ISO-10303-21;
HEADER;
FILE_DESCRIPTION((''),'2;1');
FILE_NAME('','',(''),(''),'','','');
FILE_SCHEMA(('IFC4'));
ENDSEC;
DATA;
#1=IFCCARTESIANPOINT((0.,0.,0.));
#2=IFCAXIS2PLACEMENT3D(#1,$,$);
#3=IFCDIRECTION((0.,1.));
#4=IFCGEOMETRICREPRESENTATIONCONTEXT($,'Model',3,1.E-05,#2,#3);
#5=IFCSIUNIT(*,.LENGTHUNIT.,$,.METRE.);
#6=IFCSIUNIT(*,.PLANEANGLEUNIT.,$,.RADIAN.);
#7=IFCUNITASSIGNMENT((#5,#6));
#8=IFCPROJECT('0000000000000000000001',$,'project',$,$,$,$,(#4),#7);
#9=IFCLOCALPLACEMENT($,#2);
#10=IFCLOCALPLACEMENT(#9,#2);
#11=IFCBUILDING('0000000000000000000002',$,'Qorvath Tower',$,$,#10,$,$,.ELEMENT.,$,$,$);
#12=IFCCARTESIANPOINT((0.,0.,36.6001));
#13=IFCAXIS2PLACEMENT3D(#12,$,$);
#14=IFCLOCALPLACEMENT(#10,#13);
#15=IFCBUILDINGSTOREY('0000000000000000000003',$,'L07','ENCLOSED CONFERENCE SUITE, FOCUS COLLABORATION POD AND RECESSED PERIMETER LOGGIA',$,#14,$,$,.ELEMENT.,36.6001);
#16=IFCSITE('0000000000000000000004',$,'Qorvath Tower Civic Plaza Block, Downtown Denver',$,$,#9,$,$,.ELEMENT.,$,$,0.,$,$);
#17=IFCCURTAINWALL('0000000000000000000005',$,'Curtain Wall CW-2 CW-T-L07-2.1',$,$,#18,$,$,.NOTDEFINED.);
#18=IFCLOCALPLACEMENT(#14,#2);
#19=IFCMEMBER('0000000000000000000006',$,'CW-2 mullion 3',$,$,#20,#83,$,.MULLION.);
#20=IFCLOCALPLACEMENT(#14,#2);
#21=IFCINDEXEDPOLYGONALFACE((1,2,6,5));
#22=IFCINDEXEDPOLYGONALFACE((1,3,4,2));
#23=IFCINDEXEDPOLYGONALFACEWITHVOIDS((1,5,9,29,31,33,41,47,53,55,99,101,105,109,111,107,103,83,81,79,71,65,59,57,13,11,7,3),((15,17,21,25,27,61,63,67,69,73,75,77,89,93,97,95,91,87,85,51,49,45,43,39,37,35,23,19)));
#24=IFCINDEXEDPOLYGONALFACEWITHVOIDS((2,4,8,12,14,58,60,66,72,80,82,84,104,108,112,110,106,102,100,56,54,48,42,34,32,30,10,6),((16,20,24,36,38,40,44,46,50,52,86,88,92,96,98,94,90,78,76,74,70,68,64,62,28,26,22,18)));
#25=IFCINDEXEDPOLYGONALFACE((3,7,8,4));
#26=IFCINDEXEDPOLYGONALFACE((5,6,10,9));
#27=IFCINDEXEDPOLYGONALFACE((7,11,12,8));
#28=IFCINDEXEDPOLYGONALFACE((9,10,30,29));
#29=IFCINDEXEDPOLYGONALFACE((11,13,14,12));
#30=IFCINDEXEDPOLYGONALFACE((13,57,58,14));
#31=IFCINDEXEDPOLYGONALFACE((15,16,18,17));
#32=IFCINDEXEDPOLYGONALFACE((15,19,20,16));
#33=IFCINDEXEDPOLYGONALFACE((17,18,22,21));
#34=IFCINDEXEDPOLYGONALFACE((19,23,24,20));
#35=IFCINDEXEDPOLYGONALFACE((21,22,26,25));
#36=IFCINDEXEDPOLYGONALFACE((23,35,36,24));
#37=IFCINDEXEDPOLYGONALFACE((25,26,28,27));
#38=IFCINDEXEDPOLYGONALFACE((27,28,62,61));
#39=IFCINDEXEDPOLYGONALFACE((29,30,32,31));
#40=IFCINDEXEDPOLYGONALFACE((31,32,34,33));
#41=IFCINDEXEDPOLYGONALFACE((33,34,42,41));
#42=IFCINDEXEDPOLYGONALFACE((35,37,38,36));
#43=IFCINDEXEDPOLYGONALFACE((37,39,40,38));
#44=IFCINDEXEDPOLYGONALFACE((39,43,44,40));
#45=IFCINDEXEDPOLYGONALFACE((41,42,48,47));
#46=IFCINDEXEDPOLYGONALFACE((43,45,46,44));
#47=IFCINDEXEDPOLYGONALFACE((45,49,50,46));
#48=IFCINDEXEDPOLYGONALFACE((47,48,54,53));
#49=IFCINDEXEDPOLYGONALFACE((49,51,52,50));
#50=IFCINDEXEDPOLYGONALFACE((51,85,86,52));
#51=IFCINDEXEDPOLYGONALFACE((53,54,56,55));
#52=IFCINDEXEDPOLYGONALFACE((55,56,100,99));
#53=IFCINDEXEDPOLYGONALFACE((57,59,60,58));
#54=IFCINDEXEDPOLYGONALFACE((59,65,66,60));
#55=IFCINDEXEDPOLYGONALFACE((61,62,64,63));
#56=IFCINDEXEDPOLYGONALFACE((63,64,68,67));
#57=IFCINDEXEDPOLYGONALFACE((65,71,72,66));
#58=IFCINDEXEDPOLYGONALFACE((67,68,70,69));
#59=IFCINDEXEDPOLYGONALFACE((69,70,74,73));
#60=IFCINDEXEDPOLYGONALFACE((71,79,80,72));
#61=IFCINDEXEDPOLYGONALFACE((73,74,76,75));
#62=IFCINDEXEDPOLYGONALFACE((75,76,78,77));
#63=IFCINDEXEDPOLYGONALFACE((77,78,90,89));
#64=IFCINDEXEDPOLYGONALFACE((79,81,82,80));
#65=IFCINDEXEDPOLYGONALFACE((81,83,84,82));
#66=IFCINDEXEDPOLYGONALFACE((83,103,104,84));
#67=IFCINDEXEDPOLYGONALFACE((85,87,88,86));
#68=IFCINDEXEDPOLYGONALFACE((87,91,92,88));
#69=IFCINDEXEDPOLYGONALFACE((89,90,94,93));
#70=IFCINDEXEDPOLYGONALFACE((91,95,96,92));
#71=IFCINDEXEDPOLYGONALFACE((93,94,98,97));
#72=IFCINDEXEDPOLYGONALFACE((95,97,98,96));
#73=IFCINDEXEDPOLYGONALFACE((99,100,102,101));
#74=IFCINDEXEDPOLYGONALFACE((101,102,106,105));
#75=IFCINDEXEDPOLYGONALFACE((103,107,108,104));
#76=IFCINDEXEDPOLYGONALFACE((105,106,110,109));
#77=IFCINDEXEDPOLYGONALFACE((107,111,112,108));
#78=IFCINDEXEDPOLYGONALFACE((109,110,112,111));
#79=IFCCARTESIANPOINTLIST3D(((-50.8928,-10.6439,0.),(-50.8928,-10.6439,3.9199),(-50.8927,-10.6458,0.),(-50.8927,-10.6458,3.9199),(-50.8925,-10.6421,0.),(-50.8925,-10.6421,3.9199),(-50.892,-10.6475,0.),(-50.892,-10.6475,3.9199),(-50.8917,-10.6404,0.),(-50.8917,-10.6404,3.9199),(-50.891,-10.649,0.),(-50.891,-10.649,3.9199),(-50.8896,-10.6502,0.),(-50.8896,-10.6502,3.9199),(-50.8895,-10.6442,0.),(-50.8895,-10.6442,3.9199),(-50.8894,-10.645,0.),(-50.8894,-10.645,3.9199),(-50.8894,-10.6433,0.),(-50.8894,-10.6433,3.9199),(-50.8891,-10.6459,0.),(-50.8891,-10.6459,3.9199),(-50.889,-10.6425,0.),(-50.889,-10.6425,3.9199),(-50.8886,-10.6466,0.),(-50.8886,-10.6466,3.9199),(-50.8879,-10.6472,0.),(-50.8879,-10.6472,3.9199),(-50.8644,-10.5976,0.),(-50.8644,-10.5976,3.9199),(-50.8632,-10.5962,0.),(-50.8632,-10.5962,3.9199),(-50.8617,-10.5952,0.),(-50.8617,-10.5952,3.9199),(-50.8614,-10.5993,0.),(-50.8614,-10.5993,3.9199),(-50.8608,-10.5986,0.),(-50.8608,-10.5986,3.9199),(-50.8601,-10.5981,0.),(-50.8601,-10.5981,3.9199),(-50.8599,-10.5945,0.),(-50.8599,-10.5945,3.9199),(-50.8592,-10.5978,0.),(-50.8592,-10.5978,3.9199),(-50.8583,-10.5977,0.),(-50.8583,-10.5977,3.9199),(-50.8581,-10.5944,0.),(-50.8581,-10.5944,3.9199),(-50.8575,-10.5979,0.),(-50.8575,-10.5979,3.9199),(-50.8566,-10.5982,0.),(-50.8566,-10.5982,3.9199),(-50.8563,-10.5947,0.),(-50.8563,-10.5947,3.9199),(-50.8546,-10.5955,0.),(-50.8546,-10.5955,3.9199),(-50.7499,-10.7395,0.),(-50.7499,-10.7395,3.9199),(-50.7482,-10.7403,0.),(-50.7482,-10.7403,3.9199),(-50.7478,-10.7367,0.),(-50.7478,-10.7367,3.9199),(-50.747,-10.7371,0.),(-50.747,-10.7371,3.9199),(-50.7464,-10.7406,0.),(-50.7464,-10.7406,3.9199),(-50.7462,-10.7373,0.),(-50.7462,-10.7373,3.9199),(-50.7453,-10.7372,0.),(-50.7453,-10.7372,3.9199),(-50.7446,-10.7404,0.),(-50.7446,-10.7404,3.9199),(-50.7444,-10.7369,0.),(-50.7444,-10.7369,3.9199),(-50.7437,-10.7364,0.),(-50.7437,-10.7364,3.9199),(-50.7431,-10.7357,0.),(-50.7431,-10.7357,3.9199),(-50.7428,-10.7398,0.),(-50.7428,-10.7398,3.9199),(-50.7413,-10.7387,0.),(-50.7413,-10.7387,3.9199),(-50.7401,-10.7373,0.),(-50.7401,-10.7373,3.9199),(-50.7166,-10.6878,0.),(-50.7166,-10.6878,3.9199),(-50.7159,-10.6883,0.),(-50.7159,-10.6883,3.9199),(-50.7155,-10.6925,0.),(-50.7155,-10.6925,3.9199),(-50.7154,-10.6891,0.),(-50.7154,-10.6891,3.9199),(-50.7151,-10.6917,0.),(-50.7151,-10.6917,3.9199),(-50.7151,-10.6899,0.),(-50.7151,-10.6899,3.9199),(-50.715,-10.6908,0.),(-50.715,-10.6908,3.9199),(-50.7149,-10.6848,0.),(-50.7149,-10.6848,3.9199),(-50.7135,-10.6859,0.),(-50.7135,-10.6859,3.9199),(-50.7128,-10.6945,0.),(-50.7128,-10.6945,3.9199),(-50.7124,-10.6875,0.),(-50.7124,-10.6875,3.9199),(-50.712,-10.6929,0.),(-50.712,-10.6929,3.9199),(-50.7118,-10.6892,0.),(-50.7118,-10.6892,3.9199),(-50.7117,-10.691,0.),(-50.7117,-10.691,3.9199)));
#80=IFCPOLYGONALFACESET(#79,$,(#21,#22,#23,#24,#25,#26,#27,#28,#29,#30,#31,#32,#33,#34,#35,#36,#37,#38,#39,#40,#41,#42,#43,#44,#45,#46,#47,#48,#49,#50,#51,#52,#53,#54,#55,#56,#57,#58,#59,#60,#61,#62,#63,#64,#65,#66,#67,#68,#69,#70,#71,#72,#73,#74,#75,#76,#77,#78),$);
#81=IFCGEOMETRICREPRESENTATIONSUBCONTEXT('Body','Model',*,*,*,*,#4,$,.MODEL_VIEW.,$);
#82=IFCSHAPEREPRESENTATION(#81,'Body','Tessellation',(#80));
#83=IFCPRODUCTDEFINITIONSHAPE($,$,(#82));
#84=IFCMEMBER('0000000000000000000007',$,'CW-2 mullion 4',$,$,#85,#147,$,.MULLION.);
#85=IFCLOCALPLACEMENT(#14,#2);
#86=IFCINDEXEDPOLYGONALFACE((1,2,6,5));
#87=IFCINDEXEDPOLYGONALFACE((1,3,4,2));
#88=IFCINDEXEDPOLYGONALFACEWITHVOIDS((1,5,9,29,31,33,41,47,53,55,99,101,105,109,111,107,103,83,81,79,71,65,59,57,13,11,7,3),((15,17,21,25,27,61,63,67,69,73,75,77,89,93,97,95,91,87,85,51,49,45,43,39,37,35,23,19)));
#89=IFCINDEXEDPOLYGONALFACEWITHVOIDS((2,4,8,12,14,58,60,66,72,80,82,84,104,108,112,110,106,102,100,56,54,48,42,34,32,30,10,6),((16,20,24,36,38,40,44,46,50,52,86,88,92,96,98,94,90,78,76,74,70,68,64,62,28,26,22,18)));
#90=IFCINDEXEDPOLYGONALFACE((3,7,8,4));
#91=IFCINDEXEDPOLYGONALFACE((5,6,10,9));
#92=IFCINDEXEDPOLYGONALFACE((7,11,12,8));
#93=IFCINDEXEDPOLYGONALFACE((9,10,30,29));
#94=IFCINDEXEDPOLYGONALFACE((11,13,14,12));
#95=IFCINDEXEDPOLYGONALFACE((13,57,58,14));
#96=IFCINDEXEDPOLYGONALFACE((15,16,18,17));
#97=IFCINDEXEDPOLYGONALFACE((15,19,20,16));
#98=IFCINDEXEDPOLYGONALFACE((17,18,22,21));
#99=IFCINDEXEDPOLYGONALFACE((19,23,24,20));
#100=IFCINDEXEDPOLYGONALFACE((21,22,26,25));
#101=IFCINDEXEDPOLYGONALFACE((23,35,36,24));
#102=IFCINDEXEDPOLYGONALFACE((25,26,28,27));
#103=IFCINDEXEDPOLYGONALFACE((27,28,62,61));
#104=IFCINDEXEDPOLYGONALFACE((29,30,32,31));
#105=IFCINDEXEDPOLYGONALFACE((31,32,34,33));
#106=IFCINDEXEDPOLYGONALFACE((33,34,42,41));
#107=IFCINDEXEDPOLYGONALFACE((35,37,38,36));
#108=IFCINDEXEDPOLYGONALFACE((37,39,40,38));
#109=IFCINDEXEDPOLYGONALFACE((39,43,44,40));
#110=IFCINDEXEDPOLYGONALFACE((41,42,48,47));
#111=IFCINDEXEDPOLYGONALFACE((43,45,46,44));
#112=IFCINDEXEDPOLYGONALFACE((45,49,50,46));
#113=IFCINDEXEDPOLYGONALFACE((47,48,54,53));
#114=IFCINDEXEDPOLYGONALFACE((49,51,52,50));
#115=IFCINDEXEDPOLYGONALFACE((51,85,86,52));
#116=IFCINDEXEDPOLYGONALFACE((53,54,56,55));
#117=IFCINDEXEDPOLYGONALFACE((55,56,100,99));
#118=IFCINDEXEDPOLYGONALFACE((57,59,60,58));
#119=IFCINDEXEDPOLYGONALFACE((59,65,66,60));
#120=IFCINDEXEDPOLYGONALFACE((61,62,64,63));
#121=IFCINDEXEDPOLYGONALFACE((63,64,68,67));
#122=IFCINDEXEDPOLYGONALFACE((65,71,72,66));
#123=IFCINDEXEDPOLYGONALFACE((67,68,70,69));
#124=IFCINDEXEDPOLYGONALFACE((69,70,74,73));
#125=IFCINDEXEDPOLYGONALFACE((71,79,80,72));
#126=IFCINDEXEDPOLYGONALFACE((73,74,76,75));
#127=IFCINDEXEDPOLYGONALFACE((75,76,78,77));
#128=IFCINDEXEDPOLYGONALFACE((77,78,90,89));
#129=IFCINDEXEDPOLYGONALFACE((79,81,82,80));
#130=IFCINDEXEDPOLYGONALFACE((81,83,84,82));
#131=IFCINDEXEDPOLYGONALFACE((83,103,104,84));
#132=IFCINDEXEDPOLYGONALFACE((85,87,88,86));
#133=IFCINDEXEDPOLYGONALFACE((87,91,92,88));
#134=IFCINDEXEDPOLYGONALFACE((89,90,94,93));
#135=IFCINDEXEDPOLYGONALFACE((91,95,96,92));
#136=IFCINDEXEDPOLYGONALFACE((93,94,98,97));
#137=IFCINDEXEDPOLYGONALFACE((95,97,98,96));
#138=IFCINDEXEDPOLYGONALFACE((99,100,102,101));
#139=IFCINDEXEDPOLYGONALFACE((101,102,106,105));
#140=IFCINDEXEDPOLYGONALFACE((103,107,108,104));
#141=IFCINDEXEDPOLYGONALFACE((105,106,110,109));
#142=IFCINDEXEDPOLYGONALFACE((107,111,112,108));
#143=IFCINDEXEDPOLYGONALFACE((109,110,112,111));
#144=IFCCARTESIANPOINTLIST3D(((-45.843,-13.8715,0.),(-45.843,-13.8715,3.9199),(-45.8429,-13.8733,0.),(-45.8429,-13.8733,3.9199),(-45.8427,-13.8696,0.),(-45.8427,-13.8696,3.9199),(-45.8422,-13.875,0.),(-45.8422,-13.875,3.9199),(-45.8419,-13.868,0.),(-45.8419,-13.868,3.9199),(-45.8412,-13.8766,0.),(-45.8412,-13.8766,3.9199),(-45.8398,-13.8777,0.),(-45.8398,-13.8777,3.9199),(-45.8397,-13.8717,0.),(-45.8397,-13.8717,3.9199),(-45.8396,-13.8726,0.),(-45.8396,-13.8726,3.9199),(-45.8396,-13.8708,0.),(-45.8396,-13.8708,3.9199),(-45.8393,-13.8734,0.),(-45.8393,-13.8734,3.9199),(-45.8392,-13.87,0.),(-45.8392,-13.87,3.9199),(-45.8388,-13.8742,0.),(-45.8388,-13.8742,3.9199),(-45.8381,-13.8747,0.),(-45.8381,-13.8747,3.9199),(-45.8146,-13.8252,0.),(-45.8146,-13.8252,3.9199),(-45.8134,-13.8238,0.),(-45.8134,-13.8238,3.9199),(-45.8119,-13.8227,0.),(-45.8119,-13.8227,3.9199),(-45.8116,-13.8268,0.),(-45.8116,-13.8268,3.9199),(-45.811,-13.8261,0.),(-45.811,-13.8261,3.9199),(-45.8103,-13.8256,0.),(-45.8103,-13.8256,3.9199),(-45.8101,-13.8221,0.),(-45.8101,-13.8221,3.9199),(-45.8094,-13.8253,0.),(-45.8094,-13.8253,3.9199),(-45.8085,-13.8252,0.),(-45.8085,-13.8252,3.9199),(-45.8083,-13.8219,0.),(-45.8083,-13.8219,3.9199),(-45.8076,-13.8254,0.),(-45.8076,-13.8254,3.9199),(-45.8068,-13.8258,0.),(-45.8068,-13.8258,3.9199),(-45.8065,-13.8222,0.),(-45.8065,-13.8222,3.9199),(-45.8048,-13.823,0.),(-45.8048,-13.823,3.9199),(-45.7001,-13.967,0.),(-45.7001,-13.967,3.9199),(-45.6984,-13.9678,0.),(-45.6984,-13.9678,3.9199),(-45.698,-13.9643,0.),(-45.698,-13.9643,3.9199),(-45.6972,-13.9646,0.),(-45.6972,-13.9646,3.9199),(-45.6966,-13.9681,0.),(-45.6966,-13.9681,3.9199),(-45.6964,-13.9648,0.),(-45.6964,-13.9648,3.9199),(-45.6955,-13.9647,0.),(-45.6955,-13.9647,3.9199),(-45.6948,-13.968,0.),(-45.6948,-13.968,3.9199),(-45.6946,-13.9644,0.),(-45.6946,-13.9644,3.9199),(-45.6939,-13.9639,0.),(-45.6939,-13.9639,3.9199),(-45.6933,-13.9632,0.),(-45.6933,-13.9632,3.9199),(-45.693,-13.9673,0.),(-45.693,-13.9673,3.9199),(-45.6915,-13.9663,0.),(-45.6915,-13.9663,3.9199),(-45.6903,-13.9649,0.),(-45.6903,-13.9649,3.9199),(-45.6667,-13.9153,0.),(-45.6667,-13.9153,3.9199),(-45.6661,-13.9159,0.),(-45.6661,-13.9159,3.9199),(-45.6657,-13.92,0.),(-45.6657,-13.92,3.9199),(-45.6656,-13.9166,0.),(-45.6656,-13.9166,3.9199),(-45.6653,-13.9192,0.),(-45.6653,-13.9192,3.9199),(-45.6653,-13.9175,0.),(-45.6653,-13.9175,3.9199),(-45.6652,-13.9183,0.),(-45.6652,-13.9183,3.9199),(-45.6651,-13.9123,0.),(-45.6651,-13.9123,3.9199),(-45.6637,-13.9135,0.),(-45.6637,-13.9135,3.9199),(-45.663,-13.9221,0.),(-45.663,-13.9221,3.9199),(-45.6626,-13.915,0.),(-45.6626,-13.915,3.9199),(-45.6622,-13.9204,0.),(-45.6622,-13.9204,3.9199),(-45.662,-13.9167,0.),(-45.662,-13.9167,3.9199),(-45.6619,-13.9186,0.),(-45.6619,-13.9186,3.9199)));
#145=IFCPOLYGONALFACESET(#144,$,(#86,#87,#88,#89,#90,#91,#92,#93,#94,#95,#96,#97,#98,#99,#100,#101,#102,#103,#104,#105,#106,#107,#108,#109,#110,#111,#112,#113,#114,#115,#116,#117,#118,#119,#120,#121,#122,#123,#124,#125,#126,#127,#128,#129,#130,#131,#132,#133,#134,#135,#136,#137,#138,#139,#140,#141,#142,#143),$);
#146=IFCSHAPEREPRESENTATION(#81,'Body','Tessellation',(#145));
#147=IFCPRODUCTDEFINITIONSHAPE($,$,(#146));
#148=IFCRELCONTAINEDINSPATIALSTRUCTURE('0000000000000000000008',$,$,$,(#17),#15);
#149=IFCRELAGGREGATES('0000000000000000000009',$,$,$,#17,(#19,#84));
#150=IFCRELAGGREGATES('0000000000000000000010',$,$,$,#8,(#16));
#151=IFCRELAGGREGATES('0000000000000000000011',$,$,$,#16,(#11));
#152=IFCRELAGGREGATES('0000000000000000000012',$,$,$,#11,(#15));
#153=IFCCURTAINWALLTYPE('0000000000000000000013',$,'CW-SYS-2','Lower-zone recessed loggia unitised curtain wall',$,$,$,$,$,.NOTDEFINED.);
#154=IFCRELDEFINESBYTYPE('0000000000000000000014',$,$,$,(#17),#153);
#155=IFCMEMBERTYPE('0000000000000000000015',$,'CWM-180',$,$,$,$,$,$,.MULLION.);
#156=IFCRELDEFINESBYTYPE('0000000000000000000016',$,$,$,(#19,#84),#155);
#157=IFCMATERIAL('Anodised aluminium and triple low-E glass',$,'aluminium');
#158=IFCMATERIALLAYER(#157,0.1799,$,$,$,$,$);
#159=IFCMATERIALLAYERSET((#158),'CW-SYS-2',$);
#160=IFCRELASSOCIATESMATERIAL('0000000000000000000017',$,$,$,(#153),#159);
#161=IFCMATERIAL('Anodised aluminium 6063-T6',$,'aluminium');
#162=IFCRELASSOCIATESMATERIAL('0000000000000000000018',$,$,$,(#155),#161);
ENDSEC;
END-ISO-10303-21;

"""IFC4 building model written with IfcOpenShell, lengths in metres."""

from ifc_helpers import new_model, si_unit, direction, frame, origin, origin_2d, place, context, subcontext, project, spatial, hollow_rectangle, extrude, material, layer, layer_set, material_profile, profile_set, type_object, element, aggregate, save


model = new_model("IFC4")

# Units and contexts
model_context = context("Model", 3, precision=1e-05, world=origin(), true_north=direction((0.0, 1.0)))
body_context = subcontext(model_context, "Body", "Model", "MODEL_VIEW")
ifc_project = project(units=[si_unit("LENGTHUNIT", "METRE"), si_unit("PLANEANGLEUNIT", "RADIAN")], contexts=[model_context])

# Site, building, storey
site_placement = place(None, origin())
site = spatial("IfcSite", under=ifc_project, at=site_placement, Name="Qorvath Tower Civic Plaza Block, Downtown Denver", CompositionType="ELEMENT", RefElevation=0.0)
building_placement = place(site_placement, origin())
building = spatial("IfcBuilding", under=site, at=building_placement, Name="Qorvath Tower", CompositionType="ELEMENT")
storey_placement = place(building_placement, frame((0.0, 0.0, 36.6001)))
storey = spatial("IfcBuildingStorey", under=building, at=storey_placement, Name="L07", Description="ENCLOSED CONFERENCE SUITE, FOCUS COLLABORATION POD AND RECESSED PERIMETER LOGGIA", CompositionType="ELEMENT", Elevation=36.6001)

# Curtain wall, members
ifc_material_1 = material(Name="Anodised aluminium and triple low-E glass", Category="aluminium")
ifc_layer_1 = layer(ifc_material_1, 0.1799)
ifc_layer_set_1 = layer_set([ifc_layer_1], Name="CW-SYS-2")
curtain_wall_type = type_object("IfcCurtainWallType", Name="CW-SYS-2", Description="Lower-zone recessed loggia unitised curtain wall", PredefinedType="NOTDEFINED", material=ifc_layer_set_1)
curtain_wall_placement = place(storey_placement, origin())
curtain_wall = element("IfcCurtainWall", 1, at=curtain_wall_placement, inside=storey, type_object=curtain_wall_type, Name="Curtain Wall CW-2 CW-T-L07-2.1", PredefinedType="NOTDEFINED")
ifc_material_2 = material(Name="Anodised aluminium 6063-T6", Category="aluminium")
ifc_material_profile_1 = material_profile(ifc_material_2, hollow_rectangle(XDim=0.0649, YDim=0.1799, WallThickness=0.0034, InnerFilletRadius=0.0034, OuterFilletRadius=0.0071, at=origin_2d()), Name="CWM 180x65")
ifc_profile_set_1 = profile_set([ifc_material_profile_1], Name="Anodised aluminium 6063-T6")
member_type_1 = type_object("IfcMemberType", Name="CWM-180", PredefinedType="MULLION", material=ifc_profile_set_1)
member_1_placement = place(storey_placement, frame((-50.8022, -10.6675, 0.0), z_axis=(0.0, 0.0, 1.0), x_axis=(0.538529, 0.842607, 0.0)))
member_1 = element("IfcMember", 2, at=member_1_placement, type_object=member_type_1, Name="CW-2 mullion 3", PredefinedType="MULLION", context=body_context, shape_type="SweptSolid", body=[
    extrude(hollow_rectangle(XDim=0.0649, YDim=0.1799, WallThickness=0.0034, InnerFilletRadius=0.0034, OuterFilletRadius=0.0071, at=origin_2d()), origin(), (0.0, 0.0, 1.0), 3.9199),
])
member_2_placement = place(storey_placement, frame((-45.7524, -13.895, 0.0), z_axis=(0.0, 0.0, 1.0), x_axis=(0.538529, 0.842607, 0.0)))
member_2 = element("IfcMember", 3, at=member_2_placement, type_object=member_type_1, Name="CW-2 mullion 4", PredefinedType="MULLION", context=body_context, shape_type="SweptSolid", body=[
    extrude(hollow_rectangle(XDim=0.0649, YDim=0.1799, WallThickness=0.0034, InnerFilletRadius=0.0034, OuterFilletRadius=0.0071, at=origin_2d()), origin(), (0.0, 0.0, 1.0), 3.9199),
])

aggregate(curtain_wall, [member_1, member_2])

save(model, "model.ifc")
